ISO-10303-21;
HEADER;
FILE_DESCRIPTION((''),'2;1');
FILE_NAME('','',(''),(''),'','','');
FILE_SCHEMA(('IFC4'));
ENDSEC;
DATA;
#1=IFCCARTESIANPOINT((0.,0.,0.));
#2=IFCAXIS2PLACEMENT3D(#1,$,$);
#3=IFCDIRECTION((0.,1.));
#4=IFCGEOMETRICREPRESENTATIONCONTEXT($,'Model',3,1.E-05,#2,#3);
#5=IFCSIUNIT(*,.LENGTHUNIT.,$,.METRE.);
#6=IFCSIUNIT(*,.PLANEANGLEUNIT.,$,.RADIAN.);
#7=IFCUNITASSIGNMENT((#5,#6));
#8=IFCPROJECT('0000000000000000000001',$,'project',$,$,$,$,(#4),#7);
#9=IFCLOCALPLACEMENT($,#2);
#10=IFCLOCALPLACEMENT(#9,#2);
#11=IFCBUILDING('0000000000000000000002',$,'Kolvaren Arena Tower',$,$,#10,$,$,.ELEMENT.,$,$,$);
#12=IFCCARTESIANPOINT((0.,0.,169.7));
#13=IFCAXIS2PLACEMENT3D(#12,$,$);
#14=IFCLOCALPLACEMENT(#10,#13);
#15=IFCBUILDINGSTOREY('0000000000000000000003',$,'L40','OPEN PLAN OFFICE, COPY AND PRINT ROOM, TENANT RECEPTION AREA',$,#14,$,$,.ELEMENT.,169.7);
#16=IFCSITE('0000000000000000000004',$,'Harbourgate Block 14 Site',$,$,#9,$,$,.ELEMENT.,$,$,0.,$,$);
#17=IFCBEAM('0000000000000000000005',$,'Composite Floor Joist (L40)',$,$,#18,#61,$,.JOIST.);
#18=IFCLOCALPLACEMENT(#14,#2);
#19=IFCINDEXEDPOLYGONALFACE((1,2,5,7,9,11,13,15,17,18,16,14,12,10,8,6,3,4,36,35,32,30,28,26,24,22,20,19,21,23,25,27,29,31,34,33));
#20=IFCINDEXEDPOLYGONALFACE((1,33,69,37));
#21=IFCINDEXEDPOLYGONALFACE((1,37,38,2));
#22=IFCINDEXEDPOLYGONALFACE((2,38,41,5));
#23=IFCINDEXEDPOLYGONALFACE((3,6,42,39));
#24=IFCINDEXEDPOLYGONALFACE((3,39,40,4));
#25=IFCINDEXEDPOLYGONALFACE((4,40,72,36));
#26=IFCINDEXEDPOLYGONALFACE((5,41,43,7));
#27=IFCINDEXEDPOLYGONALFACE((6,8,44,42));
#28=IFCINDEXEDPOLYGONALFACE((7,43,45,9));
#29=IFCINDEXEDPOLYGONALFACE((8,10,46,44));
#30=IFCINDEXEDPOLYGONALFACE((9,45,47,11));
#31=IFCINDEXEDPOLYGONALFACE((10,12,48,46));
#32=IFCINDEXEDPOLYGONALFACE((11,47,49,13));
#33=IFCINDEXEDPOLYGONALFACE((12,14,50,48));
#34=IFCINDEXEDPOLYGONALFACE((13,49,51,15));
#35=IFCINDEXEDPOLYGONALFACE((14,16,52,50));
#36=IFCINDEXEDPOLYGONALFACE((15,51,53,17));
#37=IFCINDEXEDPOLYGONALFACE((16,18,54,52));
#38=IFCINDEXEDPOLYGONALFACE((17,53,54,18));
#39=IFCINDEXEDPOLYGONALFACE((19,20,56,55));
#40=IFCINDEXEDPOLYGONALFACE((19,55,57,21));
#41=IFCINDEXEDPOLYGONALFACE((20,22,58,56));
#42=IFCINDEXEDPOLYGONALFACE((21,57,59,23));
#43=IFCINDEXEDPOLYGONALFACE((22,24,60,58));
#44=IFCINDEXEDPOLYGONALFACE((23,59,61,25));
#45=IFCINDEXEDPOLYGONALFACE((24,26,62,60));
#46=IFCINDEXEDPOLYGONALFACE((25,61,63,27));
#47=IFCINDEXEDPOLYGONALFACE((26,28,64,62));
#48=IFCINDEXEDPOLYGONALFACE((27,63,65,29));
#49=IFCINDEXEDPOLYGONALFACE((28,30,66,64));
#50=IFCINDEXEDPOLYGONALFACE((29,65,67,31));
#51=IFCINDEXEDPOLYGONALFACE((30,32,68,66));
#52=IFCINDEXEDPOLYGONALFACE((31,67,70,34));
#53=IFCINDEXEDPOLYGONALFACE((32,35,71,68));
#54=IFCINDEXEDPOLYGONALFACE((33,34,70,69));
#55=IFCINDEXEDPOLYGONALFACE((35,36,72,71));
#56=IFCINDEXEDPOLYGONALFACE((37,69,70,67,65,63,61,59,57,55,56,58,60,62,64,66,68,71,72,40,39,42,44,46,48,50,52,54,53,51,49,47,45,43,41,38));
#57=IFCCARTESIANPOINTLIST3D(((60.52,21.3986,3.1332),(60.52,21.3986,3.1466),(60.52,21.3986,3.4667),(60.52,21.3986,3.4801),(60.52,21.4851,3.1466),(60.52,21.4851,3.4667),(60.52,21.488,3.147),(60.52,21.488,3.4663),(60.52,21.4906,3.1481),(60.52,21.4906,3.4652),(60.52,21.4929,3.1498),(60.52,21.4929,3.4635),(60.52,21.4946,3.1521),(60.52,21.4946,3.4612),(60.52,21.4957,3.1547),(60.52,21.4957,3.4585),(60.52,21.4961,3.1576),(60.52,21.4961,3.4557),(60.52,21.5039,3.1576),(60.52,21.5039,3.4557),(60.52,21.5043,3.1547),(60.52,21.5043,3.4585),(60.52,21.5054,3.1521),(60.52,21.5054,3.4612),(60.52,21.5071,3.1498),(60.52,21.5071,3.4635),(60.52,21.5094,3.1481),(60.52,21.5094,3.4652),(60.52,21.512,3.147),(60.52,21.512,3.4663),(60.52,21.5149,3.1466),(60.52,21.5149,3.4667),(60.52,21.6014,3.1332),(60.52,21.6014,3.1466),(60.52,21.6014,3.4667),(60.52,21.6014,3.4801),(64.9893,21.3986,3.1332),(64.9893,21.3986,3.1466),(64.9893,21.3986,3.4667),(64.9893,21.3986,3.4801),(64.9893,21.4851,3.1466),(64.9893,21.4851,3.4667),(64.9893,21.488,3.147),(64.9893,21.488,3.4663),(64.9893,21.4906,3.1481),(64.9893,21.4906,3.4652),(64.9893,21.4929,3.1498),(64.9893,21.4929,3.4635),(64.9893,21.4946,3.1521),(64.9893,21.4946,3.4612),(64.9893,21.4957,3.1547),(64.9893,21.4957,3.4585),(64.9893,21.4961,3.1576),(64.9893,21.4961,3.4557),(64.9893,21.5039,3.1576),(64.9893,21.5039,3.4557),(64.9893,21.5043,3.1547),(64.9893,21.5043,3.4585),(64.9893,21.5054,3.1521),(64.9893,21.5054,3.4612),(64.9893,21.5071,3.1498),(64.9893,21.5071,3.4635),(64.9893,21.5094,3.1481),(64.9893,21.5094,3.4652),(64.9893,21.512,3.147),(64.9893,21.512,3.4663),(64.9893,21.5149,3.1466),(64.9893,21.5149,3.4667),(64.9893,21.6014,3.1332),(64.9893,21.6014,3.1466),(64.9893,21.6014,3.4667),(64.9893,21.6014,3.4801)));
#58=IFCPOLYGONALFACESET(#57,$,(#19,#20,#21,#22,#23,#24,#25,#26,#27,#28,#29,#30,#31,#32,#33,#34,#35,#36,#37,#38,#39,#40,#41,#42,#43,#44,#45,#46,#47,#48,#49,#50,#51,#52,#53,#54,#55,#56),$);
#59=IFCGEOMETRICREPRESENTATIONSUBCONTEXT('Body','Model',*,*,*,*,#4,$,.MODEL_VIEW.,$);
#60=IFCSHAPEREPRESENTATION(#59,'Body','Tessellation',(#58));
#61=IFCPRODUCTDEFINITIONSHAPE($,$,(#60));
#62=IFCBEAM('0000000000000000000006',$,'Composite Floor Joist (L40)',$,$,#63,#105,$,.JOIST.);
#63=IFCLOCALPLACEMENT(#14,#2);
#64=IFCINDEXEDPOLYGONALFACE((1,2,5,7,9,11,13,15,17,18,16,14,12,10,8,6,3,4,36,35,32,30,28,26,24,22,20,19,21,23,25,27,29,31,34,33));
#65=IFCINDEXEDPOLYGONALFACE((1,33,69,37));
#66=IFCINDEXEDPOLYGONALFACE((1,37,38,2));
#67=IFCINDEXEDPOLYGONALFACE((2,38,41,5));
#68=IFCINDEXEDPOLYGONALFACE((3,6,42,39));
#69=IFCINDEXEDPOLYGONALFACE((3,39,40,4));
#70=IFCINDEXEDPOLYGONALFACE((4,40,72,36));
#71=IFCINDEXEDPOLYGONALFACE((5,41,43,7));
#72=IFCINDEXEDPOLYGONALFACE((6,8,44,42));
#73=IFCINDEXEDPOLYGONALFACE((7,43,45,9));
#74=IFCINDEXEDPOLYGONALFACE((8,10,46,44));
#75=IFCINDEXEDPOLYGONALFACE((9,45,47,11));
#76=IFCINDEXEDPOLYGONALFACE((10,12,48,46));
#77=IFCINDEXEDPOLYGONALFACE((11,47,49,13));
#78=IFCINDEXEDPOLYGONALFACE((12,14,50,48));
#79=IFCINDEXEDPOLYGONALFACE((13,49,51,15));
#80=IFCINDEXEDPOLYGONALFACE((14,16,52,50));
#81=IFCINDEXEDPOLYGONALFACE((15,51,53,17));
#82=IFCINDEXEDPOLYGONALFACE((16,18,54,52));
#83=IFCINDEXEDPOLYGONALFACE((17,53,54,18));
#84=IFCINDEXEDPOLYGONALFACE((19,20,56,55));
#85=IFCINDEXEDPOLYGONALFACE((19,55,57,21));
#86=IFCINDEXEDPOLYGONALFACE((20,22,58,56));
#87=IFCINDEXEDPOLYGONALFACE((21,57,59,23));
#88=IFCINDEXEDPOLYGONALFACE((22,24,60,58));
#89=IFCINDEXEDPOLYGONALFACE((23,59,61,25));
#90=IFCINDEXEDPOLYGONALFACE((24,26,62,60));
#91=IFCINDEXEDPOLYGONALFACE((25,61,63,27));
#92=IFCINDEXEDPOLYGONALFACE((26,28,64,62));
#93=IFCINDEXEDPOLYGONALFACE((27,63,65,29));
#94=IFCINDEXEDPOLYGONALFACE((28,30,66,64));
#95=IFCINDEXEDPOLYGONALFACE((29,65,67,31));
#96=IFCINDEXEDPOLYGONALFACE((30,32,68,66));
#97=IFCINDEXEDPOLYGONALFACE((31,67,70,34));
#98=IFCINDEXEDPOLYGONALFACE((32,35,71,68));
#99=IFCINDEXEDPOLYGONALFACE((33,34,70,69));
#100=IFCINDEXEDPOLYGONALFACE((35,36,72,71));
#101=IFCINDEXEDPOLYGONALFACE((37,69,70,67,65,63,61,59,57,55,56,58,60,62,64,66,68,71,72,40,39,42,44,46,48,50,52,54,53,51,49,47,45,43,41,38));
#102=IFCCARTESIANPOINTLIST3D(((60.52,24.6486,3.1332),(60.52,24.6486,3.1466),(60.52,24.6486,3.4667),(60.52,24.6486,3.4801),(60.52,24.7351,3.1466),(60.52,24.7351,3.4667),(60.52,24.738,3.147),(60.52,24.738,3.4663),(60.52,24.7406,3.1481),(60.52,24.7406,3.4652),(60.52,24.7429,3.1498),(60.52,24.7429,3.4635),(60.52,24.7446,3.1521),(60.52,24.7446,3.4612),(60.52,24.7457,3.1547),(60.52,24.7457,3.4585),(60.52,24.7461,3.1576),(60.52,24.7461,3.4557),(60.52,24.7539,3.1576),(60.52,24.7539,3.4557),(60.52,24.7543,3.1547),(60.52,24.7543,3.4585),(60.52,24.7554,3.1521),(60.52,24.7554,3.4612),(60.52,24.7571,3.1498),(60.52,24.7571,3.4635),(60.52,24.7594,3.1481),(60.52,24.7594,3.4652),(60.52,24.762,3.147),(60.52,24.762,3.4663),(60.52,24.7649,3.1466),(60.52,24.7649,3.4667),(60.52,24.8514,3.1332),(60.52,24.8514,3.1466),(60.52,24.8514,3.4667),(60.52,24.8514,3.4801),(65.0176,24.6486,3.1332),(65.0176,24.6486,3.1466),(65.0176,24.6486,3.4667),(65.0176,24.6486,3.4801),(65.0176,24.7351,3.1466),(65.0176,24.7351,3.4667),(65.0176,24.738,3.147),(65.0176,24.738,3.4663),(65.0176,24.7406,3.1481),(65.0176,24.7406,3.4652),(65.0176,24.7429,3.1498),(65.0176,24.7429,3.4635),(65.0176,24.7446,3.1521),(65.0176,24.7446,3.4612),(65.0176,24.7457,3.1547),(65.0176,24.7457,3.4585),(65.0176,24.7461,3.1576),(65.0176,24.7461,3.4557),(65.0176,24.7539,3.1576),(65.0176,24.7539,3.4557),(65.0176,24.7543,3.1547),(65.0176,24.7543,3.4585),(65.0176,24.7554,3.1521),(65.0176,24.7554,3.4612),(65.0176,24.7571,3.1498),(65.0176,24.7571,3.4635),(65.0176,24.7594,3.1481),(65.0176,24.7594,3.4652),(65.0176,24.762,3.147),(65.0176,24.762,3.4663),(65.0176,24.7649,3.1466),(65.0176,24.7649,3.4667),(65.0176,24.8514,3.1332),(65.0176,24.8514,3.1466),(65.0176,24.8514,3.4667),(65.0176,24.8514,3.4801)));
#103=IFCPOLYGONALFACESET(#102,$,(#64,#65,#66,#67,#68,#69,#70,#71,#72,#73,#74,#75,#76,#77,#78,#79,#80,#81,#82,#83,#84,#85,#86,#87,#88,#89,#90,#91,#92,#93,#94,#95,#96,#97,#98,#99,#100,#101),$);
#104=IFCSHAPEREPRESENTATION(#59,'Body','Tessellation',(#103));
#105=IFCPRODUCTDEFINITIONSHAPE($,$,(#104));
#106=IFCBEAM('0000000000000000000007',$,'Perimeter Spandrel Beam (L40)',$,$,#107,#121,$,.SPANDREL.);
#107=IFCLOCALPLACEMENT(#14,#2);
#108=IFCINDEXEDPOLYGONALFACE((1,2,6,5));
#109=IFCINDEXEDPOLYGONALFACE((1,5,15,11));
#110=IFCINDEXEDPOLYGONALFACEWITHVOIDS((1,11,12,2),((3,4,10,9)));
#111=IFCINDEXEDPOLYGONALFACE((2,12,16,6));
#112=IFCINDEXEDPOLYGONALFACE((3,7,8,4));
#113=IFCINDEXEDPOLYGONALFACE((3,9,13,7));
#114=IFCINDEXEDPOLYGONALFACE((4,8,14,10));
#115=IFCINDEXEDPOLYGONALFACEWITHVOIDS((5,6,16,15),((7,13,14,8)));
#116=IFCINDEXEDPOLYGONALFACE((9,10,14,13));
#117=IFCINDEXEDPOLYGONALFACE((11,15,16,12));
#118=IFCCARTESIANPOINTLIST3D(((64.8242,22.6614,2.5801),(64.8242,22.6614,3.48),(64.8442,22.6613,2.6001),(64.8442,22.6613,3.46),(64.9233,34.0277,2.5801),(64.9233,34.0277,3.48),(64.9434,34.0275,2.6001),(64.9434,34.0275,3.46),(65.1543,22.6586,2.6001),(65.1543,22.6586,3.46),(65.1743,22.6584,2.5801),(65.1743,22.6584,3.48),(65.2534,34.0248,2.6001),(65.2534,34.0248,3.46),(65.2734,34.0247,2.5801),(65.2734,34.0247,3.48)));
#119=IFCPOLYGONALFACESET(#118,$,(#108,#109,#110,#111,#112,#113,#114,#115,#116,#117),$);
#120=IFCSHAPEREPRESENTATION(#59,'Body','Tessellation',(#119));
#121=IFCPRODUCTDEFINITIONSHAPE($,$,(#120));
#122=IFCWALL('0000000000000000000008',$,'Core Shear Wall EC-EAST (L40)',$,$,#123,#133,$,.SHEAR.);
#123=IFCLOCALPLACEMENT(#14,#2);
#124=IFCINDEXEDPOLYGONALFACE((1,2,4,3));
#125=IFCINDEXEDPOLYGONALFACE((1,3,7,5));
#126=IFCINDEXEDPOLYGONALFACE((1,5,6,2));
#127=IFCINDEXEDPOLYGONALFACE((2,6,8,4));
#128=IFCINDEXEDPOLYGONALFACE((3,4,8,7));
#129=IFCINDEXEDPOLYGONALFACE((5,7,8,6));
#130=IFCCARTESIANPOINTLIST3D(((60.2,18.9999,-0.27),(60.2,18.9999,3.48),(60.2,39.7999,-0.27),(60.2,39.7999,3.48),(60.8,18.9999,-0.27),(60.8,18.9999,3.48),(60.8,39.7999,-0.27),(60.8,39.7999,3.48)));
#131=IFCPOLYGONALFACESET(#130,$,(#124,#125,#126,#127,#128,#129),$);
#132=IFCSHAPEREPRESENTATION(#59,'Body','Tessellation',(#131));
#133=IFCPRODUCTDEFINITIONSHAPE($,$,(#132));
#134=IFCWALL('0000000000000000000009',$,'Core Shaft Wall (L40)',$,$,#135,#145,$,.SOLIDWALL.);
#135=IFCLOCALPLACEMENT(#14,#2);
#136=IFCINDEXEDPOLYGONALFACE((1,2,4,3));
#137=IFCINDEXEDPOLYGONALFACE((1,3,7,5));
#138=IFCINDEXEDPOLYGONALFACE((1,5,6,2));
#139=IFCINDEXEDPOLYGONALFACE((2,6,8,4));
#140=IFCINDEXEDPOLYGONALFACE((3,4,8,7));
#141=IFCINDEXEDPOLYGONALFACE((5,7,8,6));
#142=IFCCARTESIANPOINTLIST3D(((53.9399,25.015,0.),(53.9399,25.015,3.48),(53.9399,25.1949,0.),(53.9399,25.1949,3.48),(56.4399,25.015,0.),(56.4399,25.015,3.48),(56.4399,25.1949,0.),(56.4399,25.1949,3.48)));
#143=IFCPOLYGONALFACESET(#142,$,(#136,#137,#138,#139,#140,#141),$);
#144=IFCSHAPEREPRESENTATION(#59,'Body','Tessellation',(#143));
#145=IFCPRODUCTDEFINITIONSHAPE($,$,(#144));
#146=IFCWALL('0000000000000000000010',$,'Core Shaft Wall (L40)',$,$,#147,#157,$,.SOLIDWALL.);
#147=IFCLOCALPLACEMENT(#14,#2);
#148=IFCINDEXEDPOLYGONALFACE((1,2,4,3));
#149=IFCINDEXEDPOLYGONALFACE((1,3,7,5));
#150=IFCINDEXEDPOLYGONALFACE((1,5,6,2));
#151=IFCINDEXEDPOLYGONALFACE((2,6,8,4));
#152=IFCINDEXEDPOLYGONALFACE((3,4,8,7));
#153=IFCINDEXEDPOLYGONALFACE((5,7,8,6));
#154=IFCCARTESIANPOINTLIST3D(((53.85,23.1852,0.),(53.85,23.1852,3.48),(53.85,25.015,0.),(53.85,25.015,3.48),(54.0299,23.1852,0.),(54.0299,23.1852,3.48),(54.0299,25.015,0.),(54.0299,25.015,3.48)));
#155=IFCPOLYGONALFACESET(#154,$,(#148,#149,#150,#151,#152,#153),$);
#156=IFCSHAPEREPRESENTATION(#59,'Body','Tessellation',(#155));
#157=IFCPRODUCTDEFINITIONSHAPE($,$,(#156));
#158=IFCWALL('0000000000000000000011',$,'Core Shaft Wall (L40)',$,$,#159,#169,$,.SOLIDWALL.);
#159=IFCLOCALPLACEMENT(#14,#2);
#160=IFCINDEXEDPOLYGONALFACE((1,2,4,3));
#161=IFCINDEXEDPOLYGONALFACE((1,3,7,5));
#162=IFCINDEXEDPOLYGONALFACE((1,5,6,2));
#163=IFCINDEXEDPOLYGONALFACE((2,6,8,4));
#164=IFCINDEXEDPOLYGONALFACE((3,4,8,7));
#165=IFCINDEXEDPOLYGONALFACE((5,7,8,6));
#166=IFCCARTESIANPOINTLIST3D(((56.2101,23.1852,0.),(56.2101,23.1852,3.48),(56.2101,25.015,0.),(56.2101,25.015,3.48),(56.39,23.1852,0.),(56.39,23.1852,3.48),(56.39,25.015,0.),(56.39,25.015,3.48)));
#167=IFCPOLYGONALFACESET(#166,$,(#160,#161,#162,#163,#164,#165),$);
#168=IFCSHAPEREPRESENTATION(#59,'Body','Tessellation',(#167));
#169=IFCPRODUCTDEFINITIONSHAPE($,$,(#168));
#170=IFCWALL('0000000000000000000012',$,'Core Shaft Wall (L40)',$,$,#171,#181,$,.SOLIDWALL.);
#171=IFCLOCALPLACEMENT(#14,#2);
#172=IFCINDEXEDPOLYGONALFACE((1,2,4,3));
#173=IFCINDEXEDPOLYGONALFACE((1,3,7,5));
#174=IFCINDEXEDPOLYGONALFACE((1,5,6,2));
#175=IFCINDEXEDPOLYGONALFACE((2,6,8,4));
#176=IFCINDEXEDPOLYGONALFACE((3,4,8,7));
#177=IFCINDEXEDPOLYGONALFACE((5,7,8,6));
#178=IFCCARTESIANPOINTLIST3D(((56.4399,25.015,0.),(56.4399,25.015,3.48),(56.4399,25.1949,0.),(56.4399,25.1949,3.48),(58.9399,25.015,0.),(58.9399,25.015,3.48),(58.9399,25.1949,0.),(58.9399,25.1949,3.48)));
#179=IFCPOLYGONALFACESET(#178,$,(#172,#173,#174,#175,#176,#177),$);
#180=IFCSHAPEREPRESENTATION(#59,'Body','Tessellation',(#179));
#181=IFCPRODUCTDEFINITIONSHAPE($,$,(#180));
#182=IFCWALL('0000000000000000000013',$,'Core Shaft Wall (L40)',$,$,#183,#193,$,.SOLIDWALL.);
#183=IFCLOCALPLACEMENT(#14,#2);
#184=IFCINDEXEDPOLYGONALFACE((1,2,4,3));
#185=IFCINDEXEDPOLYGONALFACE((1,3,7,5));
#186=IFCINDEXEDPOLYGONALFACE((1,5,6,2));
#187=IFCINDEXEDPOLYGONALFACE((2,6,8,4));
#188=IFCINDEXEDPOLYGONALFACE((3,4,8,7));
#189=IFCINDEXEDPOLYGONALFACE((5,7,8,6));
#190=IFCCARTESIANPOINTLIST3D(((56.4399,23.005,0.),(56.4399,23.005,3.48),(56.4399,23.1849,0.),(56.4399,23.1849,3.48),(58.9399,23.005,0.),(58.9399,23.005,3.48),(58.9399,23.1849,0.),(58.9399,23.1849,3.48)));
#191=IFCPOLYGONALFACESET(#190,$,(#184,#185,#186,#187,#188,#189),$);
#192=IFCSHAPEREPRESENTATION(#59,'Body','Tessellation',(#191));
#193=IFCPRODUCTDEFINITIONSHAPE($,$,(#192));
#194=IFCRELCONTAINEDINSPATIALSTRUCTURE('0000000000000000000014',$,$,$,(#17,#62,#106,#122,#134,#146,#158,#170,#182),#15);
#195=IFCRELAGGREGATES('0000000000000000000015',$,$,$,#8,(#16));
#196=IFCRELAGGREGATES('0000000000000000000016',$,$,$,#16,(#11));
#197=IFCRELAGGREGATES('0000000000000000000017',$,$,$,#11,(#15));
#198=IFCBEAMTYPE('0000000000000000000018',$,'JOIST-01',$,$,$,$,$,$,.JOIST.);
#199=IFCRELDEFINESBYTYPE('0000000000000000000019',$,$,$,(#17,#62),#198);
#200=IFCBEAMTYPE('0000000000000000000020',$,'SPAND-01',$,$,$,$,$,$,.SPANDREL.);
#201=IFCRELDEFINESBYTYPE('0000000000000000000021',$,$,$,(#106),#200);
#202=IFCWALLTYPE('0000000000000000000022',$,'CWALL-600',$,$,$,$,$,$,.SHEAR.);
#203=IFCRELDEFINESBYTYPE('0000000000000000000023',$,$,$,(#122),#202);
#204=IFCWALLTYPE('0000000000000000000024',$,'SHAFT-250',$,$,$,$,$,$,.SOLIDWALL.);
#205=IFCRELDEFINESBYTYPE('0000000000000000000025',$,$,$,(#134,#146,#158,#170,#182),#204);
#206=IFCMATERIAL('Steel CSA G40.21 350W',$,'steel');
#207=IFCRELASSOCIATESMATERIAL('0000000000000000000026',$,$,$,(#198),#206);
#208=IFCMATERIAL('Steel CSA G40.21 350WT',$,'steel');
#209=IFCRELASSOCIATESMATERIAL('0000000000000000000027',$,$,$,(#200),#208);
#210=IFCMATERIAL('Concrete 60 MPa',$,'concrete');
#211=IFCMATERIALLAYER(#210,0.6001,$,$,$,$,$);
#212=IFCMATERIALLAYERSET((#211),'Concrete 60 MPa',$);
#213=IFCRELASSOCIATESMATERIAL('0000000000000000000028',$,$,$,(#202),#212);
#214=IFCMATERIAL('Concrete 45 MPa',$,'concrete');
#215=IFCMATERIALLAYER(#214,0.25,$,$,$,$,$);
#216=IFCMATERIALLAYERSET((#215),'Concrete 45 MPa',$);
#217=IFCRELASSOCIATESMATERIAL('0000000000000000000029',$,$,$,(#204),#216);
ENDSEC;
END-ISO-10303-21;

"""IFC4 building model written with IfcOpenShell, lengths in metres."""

from ifc_helpers import new_model, si_unit, direction, frame, frame_2d, origin, origin_2d, place, context, subcontext, project, spatial, rectangle, hollow_rectangle, i_section, extrude, material, layer, layer_set, material_profile, profile_set, type_object, element, save


model = new_model("IFC4")

# Units and contexts
model_context = context("Model", 3, precision=1e-05, world=origin(), true_north=direction((0.0, 1.0)))
body_context = subcontext(model_context, "Body", "Model", "MODEL_VIEW")
ifc_project = project(units=[si_unit("LENGTHUNIT", "METRE"), si_unit("PLANEANGLEUNIT", "RADIAN")], contexts=[model_context])

# Site, building, storey
site_placement = place(None, origin())
site = spatial("IfcSite", under=ifc_project, at=site_placement, Name="Harbourgate Block 14 Site", CompositionType="ELEMENT", RefElevation=0.0)
building_placement = place(site_placement, origin())
building = spatial("IfcBuilding", under=site, at=building_placement, Name="Kolvaren Arena Tower", CompositionType="ELEMENT")
storey_placement = place(building_placement, frame((0.0, 0.0, 169.7)))
storey = spatial("IfcBuildingStorey", under=building, at=storey_placement, Name="L40", Description="OPEN PLAN OFFICE, COPY AND PRINT ROOM, TENANT RECEPTION AREA", CompositionType="ELEMENT", Elevation=169.7)

# Beams
ifc_material_1 = material(Name="Steel CSA G40.21 350W", Category="steel")
ifc_material_profile_1 = material_profile(ifc_material_1, i_section(OverallWidth=0.2029, OverallDepth=0.3469, WebThickness=0.0078, FlangeThickness=0.0134, FilletRadius=0.011, at=origin_2d()), Name="W360x64")
ifc_profile_set_1 = profile_set([ifc_material_profile_1], Name="Steel CSA G40.21 350W")
beam_type_1 = type_object("IfcBeamType", Name="JOIST-01", PredefinedType="JOIST", material=ifc_profile_set_1)
beam_1_placement = place(storey_placement, frame((60.52, 21.5, 3.3066), z_axis=(1.0, 0.0, 0.0), x_axis=(0.0, 1.0, 0.0)))
element("IfcBeam", 1, at=beam_1_placement, inside=storey, type_object=beam_type_1, Name="Composite Floor Joist (L40)", PredefinedType="JOIST", context=body_context, shape_type="SweptSolid", body=[
    extrude(i_section(OverallWidth=0.2029, OverallDepth=0.3469, WebThickness=0.0078, FlangeThickness=0.0134, FilletRadius=0.011, at=origin_2d()), origin(), (0.0, 0.0, 1.0), 4.4692),
])
beam_2_placement = place(storey_placement, frame((60.52, 24.75, 3.3066), z_axis=(1.0, 0.0, 0.0), x_axis=(0.0, 1.0, 0.0)))
element("IfcBeam", 2, at=beam_2_placement, inside=storey, type_object=beam_type_1, Name="Composite Floor Joist (L40)", PredefinedType="JOIST", context=body_context, shape_type="SweptSolid", body=[
    extrude(i_section(OverallWidth=0.2029, OverallDepth=0.3469, WebThickness=0.0078, FlangeThickness=0.0134, FilletRadius=0.011, at=origin_2d()), origin(), (0.0, 0.0, 1.0), 4.4976),
])
ifc_material_2 = material(Name="Steel CSA G40.21 350WT", Category="steel")
ifc_material_profile_2 = material_profile(ifc_material_2, hollow_rectangle(XDim=0.3501, YDim=0.8999, WallThickness=0.02, at=origin_2d()), Name="HSS 900x350x20")
ifc_profile_set_2 = profile_set([ifc_material_profile_2], Name="Steel CSA G40.21 350WT")
beam_type_2 = type_object("IfcBeamType", Name="SPAND-01", PredefinedType="SPANDREL", material=ifc_profile_set_2)
beam_3_placement = place(storey_placement, frame((64.9993, 22.6599, 3.03), z_axis=(0.00872, 0.999962, 0.0), x_axis=(-0.999962, 0.00872, 0.0)))
element("IfcBeam", 3, at=beam_3_placement, inside=storey, type_object=beam_type_2, Name="Perimeter Spandrel Beam (L40)", PredefinedType="SPANDREL", context=body_context, shape_type="SweptSolid", body=[
    extrude(hollow_rectangle(XDim=0.3501, YDim=0.8999, WallThickness=0.02, at=origin_2d()), origin(), (0.0, 0.0, 1.0), 11.3667),
])

# Walls
ifc_material_3 = material(Name="Concrete 60 MPa", Category="concrete")
ifc_layer_1 = layer(ifc_material_3, 0.6001)
ifc_layer_set_1 = layer_set([ifc_layer_1], Name="Concrete 60 MPa")
wall_type_1 = type_object("IfcWallType", Name="CWALL-600", PredefinedType="SHEAR", material=ifc_layer_set_1)
wall_1_placement = place(storey_placement, frame((60.5, 19.0, -0.27), z_axis=(0.0, 0.0, 1.0), x_axis=(0.0, 1.0, 0.0)))
element("IfcWall", 4, at=wall_1_placement, inside=storey, type_object=wall_type_1, Name="Core Shear Wall EC-EAST (L40)", PredefinedType="SHEAR", context=body_context, shape_type="SweptSolid", body=[
    extrude(rectangle(XDim=20.8, YDim=0.6001, at=frame_2d((10.3999, 0.0))), origin(), (0.0, 0.0, 1.0), 3.75),
])
ifc_material_4 = material(Name="Concrete 45 MPa", Category="concrete")
ifc_layer_2 = layer(ifc_material_4, 0.25)
ifc_layer_set_2 = layer_set([ifc_layer_2], Name="Concrete 45 MPa")
wall_type_2 = type_object("IfcWallType", Name="SHAFT-250", PredefinedType="SOLIDWALL", material=ifc_layer_set_2)
wall_2_placement = place(storey_placement, frame((53.9399, 25.105, 0.0), z_axis=(0.0, 0.0, 1.0), x_axis=(1.0, 0.0, 0.0)))
element("IfcWall", 5, at=wall_2_placement, inside=storey, type_object=wall_type_2, Name="Core Shaft Wall (L40)", PredefinedType="SOLIDWALL", context=body_context, shape_type="SweptSolid", body=[
    extrude(rectangle(XDim=2.5, YDim=0.1799, at=frame_2d((1.25, 0.0))), origin(), (0.0, 0.0, 1.0), 3.48),
])
for number, where, z_axis, x_axis, name in (
    (6, (53.9399, 23.1851, 0.0), (0.0, 0.0, 1.0), (0.0, 1.0, 0.0), "Core Shaft Wall (L40)"),
    (7, (56.3, 23.1851, 0.0), (0.0, 0.0, 1.0), (0.0, 1.0, 0.0), "Core Shaft Wall (L40)"),
):
    element("IfcWall", number, at=place(storey_placement, frame(where, z_axis=z_axis, x_axis=x_axis)), inside=storey, type_object=wall_type_2, Name=name, PredefinedType="SOLIDWALL", context=body_context, shape_type="SweptSolid", body=[
        extrude(rectangle(XDim=1.8298, YDim=0.1799, at=frame_2d((0.915, 0.0))), origin(), (0.0, 0.0, 1.0), 3.48),
    ])
for number, where, z_axis, x_axis, name in (
    (8, (56.4399, 25.105, 0.0), (0.0, 0.0, 1.0), (1.0, 0.0, 0.0), "Core Shaft Wall (L40)"),
    (9, (56.4399, 23.095, 0.0), (0.0, 0.0, 1.0), (1.0, 0.0, 0.0), "Core Shaft Wall (L40)"),
):
    element("IfcWall", number, at=place(storey_placement, frame(where, z_axis=z_axis, x_axis=x_axis)), inside=storey, type_object=wall_type_2, Name=name, PredefinedType="SOLIDWALL", context=body_context, shape_type="SweptSolid", body=[
        extrude(rectangle(XDim=2.5, YDim=0.1799, at=frame_2d((1.25, 0.0))), origin(), (0.0, 0.0, 1.0), 3.48),
    ])

save(model, "model.ifc")
